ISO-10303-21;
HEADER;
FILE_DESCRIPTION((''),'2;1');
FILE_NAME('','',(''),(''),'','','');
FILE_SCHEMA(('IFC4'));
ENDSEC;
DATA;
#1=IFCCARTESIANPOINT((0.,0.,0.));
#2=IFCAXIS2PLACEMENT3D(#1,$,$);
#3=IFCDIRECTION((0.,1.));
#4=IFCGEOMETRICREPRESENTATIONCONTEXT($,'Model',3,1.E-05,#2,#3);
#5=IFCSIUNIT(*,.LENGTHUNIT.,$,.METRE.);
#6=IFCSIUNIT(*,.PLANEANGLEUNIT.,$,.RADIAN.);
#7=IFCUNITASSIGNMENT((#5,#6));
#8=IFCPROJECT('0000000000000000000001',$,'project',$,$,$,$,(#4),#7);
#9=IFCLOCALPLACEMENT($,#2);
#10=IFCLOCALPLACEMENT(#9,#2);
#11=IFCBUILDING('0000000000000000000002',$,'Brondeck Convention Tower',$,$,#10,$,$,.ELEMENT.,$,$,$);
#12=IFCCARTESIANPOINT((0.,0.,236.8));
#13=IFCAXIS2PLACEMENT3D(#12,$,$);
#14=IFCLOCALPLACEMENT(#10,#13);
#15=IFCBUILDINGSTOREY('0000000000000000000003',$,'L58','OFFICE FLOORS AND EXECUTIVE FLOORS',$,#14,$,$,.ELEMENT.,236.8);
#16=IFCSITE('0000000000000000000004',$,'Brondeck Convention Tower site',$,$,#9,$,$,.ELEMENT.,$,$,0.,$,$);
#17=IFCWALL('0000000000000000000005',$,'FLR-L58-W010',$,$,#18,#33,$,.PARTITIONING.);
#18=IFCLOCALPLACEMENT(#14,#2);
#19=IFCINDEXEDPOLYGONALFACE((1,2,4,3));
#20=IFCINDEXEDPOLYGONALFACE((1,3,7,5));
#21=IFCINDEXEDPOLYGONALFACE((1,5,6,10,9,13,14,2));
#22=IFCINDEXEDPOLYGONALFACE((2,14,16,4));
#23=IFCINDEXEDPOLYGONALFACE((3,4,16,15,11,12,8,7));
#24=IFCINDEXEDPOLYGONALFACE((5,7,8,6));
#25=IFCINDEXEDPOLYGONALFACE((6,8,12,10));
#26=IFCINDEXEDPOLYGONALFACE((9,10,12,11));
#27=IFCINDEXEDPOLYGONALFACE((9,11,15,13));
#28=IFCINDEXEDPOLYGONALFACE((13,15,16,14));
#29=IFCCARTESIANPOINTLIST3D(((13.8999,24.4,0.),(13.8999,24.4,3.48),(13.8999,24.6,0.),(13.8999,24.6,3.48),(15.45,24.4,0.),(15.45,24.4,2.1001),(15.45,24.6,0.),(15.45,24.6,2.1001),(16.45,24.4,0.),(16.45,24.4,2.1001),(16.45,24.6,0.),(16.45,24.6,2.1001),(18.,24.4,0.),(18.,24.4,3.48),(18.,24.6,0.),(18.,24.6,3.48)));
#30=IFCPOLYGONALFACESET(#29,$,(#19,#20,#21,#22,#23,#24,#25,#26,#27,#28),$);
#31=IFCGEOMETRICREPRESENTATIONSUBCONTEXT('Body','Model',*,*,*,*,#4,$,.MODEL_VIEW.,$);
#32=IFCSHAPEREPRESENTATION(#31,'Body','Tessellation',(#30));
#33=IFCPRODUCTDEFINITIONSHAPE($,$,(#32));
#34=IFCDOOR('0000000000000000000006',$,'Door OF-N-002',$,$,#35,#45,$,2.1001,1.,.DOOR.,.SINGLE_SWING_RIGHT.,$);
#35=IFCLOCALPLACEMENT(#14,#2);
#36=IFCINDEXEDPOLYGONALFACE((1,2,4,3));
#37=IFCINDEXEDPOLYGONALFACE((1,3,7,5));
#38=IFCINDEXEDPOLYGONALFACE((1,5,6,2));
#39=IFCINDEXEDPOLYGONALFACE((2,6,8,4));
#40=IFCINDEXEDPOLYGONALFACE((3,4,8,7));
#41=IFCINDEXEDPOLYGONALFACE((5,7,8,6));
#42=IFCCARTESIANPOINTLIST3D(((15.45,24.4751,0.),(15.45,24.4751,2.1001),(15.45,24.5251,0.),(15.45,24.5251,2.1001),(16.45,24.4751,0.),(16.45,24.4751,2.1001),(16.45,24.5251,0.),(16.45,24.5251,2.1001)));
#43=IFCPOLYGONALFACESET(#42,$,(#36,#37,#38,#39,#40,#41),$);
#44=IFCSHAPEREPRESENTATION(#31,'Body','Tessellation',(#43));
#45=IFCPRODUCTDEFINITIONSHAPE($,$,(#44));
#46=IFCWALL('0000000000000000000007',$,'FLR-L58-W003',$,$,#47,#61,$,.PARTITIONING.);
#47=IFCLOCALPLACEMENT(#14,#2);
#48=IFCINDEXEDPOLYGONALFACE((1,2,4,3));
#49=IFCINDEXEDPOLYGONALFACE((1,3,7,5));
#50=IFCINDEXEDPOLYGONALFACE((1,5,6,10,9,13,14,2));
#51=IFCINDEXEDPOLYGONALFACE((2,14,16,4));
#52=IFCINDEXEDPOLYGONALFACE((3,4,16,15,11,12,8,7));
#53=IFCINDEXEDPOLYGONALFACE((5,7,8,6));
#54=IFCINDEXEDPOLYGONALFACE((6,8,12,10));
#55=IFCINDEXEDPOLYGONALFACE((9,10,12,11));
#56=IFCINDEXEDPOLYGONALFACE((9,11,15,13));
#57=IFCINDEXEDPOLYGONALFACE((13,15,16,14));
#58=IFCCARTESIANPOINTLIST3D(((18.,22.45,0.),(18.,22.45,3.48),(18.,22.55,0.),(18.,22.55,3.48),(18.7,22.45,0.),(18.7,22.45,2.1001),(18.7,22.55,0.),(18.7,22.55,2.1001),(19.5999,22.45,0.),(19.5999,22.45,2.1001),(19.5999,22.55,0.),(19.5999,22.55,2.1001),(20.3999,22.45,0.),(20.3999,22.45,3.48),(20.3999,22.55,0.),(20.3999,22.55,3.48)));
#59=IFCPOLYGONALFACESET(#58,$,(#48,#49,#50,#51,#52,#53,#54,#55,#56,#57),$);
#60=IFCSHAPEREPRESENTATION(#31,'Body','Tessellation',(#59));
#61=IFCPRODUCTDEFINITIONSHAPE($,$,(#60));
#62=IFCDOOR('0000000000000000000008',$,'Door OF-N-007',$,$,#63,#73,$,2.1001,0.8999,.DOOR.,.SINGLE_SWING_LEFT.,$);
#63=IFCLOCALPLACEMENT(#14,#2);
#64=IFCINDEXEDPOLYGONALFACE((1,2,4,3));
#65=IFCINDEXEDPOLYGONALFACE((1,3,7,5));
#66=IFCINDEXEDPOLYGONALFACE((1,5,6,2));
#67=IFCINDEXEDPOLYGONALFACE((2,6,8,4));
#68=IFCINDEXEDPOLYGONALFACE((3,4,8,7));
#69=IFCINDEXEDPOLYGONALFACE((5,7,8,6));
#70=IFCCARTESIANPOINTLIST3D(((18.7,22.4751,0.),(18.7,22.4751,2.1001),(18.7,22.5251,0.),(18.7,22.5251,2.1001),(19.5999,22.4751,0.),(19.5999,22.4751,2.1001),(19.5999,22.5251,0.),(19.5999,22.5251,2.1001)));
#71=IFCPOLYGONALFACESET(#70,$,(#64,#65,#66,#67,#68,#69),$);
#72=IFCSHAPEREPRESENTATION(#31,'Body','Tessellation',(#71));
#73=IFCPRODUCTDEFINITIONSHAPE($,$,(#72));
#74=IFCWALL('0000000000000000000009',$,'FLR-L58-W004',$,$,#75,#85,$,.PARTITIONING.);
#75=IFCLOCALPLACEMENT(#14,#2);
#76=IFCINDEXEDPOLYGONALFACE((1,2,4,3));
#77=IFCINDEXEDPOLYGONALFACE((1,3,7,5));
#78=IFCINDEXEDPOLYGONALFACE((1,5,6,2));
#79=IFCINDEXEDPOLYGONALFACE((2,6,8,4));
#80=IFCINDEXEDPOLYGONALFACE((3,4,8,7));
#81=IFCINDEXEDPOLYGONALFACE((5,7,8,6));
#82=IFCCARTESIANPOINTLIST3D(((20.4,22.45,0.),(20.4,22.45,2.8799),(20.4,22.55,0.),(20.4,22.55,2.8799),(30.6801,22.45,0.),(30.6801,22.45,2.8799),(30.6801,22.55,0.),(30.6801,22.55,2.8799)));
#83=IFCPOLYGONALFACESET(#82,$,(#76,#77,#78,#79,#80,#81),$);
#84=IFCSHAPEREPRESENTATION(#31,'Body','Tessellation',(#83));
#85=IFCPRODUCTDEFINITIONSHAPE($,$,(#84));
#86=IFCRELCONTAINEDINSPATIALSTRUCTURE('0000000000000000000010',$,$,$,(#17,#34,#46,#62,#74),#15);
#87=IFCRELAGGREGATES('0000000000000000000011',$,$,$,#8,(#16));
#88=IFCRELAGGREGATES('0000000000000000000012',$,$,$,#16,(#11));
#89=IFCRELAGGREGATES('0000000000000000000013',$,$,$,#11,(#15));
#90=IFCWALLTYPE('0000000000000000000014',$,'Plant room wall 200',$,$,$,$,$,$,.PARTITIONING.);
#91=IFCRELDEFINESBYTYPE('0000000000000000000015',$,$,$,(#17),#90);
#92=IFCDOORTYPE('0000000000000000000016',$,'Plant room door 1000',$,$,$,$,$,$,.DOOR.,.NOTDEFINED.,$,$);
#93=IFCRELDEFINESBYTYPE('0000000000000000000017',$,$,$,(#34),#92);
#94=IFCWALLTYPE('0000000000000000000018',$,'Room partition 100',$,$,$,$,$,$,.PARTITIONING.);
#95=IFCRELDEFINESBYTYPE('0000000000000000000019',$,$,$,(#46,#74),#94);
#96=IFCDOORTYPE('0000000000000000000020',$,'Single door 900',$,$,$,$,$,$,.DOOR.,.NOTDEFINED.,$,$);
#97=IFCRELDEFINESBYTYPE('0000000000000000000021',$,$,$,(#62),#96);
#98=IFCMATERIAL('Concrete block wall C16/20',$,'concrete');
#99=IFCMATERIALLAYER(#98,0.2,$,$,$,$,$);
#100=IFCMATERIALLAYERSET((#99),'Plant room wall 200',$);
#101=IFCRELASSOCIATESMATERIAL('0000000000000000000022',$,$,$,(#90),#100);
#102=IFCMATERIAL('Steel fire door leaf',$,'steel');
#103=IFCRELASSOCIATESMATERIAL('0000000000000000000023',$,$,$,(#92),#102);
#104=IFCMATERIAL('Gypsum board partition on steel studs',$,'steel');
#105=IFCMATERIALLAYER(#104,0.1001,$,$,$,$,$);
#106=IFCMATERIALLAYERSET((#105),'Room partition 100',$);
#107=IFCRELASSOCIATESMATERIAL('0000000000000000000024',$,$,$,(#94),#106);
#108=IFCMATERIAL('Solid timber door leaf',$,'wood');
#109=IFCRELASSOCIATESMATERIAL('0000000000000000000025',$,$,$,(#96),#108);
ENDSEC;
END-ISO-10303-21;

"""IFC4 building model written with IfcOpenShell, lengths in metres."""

from ifc_helpers import new_model, si_unit, direction, frame, frame_2d, origin, place, context, subcontext, project, spatial, rectangle, extrude, material, layer, layer_set, type_object, element, fill, save


model = new_model("IFC4")

# Units and contexts
model_context = context("Model", 3, precision=1e-05, world=origin(), true_north=direction((0.0, 1.0)))
body_context = subcontext(model_context, "Body", "Model", "MODEL_VIEW")
ifc_project = project(units=[si_unit("LENGTHUNIT", "METRE"), si_unit("PLANEANGLEUNIT", "RADIAN")], contexts=[model_context])

# Site, building, storey
site_placement = place(None, origin())
site = spatial("IfcSite", under=ifc_project, at=site_placement, Name="Brondeck Convention Tower site", CompositionType="ELEMENT", RefElevation=0.0)
building_placement = place(site_placement, origin())
building = spatial("IfcBuilding", under=site, at=building_placement, Name="Brondeck Convention Tower", CompositionType="ELEMENT")
storey_placement = place(building_placement, frame((0.0, 0.0, 236.8)))
storey = spatial("IfcBuildingStorey", under=building, at=storey_placement, Name="L58", Description="OFFICE FLOORS AND EXECUTIVE FLOORS", CompositionType="ELEMENT", Elevation=236.8)

# Shared definitions
ifc_material_1 = material(Name="Concrete block wall C16/20", Category="concrete")
ifc_layer_1 = layer(ifc_material_1, 0.2)
ifc_layer_set_1 = layer_set([ifc_layer_1], Name="Plant room wall 200")
wall_type_1 = type_object("IfcWallType", Name="Plant room wall 200", PredefinedType="PARTITIONING", material=ifc_layer_set_1)

# Walls, openings, doors
wall_1_placement = place(storey_placement, frame((18.0, 24.5, 0.0), z_axis=(0.0, 0.0, 1.0), x_axis=(-1.0, 0.0, 0.0)))
wall_1 = element("IfcWall", 1, at=wall_1_placement, inside=storey, type_object=wall_type_1, Name="FLR-L58-W010", PredefinedType="PARTITIONING", context=body_context, shape_type="SweptSolid", body=[
    extrude(rectangle(XDim=4.1001, YDim=0.2, at=frame_2d((2.05, 0.0))), origin(), (0.0, 0.0, 1.0), 3.48),
])
opening_1_placement = place(wall_1_placement, frame((1.55, 0.0, 0.0)))
opening_1 = element("IfcOpeningElement", 2, at=opening_1_placement, cuts=wall_1, PredefinedType="OPENING", context=body_context, shape_type="SweptSolid", body=[
    extrude(rectangle(XDim=1.0, YDim=2.1001, at=frame_2d((0.5, 1.05))), frame((0.0, 0.1099, 0.0), z_axis=(0.0, -1.0, 0.0), x_axis=(1.0, 0.0, 0.0)), (0.0, 0.0, 1.0), 0.22),
])
ifc_material_2 = material(Name="Steel fire door leaf", Category="steel")
door_type_1 = type_object("IfcDoorType", Name="Plant room door 1000", OperationType="NOTDEFINED", PredefinedType="DOOR", material=ifc_material_2)
door_1_placement = place(opening_1_placement, origin())
door_1 = element("IfcDoor", 3, at=door_1_placement, inside=storey, type_object=door_type_1, Name="Door OF-N-002", OperationType="SINGLE_SWING_RIGHT", OverallHeight=2.1001, OverallWidth=1.0, PredefinedType="DOOR", context=body_context, shape_type="SweptSolid", body=[
    extrude(rectangle(XDim=1.0, YDim=2.1001, at=frame_2d((0.5, 1.05))), frame((0.0, 0.0249, 0.0), z_axis=(0.0, -1.0, 0.0), x_axis=(1.0, 0.0, 0.0)), (0.0, 0.0, 1.0), 0.05),
])
fill(opening_1, door_1)
ifc_material_3 = material(Name="Gypsum board partition on steel studs", Category="steel")
ifc_layer_2 = layer(ifc_material_3, 0.1001)
ifc_layer_set_2 = layer_set([ifc_layer_2], Name="Room partition 100")
wall_type_2 = type_object("IfcWallType", Name="Room partition 100", PredefinedType="PARTITIONING", material=ifc_layer_set_2)
wall_2_placement = place(storey_placement, frame((20.3999, 22.5, 0.0), z_axis=(0.0, 0.0, 1.0), x_axis=(-1.0, 0.0, 0.0)))
wall_2 = element("IfcWall", 4, at=wall_2_placement, inside=storey, type_object=wall_type_2, Name="FLR-L58-W003", PredefinedType="PARTITIONING", context=body_context, shape_type="SweptSolid", body=[
    extrude(rectangle(XDim=2.3999, YDim=0.1001, at=frame_2d((1.2, 0.0))), origin(), (0.0, 0.0, 1.0), 3.48),
])
opening_2_placement = place(wall_2_placement, frame((0.8, 0.0, 0.0)))
opening_2 = element("IfcOpeningElement", 5, at=opening_2_placement, cuts=wall_2, PredefinedType="OPENING", context=body_context, shape_type="SweptSolid", body=[
    extrude(rectangle(XDim=0.8999, YDim=2.1001, at=frame_2d((0.45, 1.05))), frame((0.0, 0.0601, 0.0), z_axis=(0.0, -1.0, 0.0), x_axis=(1.0, 0.0, 0.0)), (0.0, 0.0, 1.0), 0.1201),
])
ifc_material_4 = material(Name="Solid timber door leaf", Category="wood")
door_type_2 = type_object("IfcDoorType", Name="Single door 900", OperationType="NOTDEFINED", PredefinedType="DOOR", material=ifc_material_4)
door_2_placement = place(opening_2_placement, origin())
door_2 = element("IfcDoor", 6, at=door_2_placement, inside=storey, type_object=door_type_2, Name="Door OF-N-007", OperationType="SINGLE_SWING_LEFT", OverallHeight=2.1001, OverallWidth=0.8999, PredefinedType="DOOR", context=body_context, shape_type="SweptSolid", body=[
    extrude(rectangle(XDim=0.8999, YDim=2.1001, at=frame_2d((0.45, 1.05))), frame((0.0, 0.0249, 0.0), z_axis=(0.0, -1.0, 0.0), x_axis=(1.0, 0.0, 0.0)), (0.0, 0.0, 1.0), 0.05),
])
fill(opening_2, door_2)

# Wall
wall_3_placement = place(storey_placement, frame((20.3999, 22.5, 0.0), z_axis=(0.0, 0.0, 1.0), x_axis=(1.0, 0.0, 0.0)))
element("IfcWall", 7, at=wall_3_placement, inside=storey, type_object=wall_type_2, Name="FLR-L58-W004", PredefinedType="PARTITIONING", context=body_context, shape_type="SweptSolid", body=[
    extrude(rectangle(XDim=10.28, YDim=0.1001, at=frame_2d((5.1401, 0.0))), origin(), (0.0, 0.0, 1.0), 2.8799),
])

save(model, "model.ifc")
